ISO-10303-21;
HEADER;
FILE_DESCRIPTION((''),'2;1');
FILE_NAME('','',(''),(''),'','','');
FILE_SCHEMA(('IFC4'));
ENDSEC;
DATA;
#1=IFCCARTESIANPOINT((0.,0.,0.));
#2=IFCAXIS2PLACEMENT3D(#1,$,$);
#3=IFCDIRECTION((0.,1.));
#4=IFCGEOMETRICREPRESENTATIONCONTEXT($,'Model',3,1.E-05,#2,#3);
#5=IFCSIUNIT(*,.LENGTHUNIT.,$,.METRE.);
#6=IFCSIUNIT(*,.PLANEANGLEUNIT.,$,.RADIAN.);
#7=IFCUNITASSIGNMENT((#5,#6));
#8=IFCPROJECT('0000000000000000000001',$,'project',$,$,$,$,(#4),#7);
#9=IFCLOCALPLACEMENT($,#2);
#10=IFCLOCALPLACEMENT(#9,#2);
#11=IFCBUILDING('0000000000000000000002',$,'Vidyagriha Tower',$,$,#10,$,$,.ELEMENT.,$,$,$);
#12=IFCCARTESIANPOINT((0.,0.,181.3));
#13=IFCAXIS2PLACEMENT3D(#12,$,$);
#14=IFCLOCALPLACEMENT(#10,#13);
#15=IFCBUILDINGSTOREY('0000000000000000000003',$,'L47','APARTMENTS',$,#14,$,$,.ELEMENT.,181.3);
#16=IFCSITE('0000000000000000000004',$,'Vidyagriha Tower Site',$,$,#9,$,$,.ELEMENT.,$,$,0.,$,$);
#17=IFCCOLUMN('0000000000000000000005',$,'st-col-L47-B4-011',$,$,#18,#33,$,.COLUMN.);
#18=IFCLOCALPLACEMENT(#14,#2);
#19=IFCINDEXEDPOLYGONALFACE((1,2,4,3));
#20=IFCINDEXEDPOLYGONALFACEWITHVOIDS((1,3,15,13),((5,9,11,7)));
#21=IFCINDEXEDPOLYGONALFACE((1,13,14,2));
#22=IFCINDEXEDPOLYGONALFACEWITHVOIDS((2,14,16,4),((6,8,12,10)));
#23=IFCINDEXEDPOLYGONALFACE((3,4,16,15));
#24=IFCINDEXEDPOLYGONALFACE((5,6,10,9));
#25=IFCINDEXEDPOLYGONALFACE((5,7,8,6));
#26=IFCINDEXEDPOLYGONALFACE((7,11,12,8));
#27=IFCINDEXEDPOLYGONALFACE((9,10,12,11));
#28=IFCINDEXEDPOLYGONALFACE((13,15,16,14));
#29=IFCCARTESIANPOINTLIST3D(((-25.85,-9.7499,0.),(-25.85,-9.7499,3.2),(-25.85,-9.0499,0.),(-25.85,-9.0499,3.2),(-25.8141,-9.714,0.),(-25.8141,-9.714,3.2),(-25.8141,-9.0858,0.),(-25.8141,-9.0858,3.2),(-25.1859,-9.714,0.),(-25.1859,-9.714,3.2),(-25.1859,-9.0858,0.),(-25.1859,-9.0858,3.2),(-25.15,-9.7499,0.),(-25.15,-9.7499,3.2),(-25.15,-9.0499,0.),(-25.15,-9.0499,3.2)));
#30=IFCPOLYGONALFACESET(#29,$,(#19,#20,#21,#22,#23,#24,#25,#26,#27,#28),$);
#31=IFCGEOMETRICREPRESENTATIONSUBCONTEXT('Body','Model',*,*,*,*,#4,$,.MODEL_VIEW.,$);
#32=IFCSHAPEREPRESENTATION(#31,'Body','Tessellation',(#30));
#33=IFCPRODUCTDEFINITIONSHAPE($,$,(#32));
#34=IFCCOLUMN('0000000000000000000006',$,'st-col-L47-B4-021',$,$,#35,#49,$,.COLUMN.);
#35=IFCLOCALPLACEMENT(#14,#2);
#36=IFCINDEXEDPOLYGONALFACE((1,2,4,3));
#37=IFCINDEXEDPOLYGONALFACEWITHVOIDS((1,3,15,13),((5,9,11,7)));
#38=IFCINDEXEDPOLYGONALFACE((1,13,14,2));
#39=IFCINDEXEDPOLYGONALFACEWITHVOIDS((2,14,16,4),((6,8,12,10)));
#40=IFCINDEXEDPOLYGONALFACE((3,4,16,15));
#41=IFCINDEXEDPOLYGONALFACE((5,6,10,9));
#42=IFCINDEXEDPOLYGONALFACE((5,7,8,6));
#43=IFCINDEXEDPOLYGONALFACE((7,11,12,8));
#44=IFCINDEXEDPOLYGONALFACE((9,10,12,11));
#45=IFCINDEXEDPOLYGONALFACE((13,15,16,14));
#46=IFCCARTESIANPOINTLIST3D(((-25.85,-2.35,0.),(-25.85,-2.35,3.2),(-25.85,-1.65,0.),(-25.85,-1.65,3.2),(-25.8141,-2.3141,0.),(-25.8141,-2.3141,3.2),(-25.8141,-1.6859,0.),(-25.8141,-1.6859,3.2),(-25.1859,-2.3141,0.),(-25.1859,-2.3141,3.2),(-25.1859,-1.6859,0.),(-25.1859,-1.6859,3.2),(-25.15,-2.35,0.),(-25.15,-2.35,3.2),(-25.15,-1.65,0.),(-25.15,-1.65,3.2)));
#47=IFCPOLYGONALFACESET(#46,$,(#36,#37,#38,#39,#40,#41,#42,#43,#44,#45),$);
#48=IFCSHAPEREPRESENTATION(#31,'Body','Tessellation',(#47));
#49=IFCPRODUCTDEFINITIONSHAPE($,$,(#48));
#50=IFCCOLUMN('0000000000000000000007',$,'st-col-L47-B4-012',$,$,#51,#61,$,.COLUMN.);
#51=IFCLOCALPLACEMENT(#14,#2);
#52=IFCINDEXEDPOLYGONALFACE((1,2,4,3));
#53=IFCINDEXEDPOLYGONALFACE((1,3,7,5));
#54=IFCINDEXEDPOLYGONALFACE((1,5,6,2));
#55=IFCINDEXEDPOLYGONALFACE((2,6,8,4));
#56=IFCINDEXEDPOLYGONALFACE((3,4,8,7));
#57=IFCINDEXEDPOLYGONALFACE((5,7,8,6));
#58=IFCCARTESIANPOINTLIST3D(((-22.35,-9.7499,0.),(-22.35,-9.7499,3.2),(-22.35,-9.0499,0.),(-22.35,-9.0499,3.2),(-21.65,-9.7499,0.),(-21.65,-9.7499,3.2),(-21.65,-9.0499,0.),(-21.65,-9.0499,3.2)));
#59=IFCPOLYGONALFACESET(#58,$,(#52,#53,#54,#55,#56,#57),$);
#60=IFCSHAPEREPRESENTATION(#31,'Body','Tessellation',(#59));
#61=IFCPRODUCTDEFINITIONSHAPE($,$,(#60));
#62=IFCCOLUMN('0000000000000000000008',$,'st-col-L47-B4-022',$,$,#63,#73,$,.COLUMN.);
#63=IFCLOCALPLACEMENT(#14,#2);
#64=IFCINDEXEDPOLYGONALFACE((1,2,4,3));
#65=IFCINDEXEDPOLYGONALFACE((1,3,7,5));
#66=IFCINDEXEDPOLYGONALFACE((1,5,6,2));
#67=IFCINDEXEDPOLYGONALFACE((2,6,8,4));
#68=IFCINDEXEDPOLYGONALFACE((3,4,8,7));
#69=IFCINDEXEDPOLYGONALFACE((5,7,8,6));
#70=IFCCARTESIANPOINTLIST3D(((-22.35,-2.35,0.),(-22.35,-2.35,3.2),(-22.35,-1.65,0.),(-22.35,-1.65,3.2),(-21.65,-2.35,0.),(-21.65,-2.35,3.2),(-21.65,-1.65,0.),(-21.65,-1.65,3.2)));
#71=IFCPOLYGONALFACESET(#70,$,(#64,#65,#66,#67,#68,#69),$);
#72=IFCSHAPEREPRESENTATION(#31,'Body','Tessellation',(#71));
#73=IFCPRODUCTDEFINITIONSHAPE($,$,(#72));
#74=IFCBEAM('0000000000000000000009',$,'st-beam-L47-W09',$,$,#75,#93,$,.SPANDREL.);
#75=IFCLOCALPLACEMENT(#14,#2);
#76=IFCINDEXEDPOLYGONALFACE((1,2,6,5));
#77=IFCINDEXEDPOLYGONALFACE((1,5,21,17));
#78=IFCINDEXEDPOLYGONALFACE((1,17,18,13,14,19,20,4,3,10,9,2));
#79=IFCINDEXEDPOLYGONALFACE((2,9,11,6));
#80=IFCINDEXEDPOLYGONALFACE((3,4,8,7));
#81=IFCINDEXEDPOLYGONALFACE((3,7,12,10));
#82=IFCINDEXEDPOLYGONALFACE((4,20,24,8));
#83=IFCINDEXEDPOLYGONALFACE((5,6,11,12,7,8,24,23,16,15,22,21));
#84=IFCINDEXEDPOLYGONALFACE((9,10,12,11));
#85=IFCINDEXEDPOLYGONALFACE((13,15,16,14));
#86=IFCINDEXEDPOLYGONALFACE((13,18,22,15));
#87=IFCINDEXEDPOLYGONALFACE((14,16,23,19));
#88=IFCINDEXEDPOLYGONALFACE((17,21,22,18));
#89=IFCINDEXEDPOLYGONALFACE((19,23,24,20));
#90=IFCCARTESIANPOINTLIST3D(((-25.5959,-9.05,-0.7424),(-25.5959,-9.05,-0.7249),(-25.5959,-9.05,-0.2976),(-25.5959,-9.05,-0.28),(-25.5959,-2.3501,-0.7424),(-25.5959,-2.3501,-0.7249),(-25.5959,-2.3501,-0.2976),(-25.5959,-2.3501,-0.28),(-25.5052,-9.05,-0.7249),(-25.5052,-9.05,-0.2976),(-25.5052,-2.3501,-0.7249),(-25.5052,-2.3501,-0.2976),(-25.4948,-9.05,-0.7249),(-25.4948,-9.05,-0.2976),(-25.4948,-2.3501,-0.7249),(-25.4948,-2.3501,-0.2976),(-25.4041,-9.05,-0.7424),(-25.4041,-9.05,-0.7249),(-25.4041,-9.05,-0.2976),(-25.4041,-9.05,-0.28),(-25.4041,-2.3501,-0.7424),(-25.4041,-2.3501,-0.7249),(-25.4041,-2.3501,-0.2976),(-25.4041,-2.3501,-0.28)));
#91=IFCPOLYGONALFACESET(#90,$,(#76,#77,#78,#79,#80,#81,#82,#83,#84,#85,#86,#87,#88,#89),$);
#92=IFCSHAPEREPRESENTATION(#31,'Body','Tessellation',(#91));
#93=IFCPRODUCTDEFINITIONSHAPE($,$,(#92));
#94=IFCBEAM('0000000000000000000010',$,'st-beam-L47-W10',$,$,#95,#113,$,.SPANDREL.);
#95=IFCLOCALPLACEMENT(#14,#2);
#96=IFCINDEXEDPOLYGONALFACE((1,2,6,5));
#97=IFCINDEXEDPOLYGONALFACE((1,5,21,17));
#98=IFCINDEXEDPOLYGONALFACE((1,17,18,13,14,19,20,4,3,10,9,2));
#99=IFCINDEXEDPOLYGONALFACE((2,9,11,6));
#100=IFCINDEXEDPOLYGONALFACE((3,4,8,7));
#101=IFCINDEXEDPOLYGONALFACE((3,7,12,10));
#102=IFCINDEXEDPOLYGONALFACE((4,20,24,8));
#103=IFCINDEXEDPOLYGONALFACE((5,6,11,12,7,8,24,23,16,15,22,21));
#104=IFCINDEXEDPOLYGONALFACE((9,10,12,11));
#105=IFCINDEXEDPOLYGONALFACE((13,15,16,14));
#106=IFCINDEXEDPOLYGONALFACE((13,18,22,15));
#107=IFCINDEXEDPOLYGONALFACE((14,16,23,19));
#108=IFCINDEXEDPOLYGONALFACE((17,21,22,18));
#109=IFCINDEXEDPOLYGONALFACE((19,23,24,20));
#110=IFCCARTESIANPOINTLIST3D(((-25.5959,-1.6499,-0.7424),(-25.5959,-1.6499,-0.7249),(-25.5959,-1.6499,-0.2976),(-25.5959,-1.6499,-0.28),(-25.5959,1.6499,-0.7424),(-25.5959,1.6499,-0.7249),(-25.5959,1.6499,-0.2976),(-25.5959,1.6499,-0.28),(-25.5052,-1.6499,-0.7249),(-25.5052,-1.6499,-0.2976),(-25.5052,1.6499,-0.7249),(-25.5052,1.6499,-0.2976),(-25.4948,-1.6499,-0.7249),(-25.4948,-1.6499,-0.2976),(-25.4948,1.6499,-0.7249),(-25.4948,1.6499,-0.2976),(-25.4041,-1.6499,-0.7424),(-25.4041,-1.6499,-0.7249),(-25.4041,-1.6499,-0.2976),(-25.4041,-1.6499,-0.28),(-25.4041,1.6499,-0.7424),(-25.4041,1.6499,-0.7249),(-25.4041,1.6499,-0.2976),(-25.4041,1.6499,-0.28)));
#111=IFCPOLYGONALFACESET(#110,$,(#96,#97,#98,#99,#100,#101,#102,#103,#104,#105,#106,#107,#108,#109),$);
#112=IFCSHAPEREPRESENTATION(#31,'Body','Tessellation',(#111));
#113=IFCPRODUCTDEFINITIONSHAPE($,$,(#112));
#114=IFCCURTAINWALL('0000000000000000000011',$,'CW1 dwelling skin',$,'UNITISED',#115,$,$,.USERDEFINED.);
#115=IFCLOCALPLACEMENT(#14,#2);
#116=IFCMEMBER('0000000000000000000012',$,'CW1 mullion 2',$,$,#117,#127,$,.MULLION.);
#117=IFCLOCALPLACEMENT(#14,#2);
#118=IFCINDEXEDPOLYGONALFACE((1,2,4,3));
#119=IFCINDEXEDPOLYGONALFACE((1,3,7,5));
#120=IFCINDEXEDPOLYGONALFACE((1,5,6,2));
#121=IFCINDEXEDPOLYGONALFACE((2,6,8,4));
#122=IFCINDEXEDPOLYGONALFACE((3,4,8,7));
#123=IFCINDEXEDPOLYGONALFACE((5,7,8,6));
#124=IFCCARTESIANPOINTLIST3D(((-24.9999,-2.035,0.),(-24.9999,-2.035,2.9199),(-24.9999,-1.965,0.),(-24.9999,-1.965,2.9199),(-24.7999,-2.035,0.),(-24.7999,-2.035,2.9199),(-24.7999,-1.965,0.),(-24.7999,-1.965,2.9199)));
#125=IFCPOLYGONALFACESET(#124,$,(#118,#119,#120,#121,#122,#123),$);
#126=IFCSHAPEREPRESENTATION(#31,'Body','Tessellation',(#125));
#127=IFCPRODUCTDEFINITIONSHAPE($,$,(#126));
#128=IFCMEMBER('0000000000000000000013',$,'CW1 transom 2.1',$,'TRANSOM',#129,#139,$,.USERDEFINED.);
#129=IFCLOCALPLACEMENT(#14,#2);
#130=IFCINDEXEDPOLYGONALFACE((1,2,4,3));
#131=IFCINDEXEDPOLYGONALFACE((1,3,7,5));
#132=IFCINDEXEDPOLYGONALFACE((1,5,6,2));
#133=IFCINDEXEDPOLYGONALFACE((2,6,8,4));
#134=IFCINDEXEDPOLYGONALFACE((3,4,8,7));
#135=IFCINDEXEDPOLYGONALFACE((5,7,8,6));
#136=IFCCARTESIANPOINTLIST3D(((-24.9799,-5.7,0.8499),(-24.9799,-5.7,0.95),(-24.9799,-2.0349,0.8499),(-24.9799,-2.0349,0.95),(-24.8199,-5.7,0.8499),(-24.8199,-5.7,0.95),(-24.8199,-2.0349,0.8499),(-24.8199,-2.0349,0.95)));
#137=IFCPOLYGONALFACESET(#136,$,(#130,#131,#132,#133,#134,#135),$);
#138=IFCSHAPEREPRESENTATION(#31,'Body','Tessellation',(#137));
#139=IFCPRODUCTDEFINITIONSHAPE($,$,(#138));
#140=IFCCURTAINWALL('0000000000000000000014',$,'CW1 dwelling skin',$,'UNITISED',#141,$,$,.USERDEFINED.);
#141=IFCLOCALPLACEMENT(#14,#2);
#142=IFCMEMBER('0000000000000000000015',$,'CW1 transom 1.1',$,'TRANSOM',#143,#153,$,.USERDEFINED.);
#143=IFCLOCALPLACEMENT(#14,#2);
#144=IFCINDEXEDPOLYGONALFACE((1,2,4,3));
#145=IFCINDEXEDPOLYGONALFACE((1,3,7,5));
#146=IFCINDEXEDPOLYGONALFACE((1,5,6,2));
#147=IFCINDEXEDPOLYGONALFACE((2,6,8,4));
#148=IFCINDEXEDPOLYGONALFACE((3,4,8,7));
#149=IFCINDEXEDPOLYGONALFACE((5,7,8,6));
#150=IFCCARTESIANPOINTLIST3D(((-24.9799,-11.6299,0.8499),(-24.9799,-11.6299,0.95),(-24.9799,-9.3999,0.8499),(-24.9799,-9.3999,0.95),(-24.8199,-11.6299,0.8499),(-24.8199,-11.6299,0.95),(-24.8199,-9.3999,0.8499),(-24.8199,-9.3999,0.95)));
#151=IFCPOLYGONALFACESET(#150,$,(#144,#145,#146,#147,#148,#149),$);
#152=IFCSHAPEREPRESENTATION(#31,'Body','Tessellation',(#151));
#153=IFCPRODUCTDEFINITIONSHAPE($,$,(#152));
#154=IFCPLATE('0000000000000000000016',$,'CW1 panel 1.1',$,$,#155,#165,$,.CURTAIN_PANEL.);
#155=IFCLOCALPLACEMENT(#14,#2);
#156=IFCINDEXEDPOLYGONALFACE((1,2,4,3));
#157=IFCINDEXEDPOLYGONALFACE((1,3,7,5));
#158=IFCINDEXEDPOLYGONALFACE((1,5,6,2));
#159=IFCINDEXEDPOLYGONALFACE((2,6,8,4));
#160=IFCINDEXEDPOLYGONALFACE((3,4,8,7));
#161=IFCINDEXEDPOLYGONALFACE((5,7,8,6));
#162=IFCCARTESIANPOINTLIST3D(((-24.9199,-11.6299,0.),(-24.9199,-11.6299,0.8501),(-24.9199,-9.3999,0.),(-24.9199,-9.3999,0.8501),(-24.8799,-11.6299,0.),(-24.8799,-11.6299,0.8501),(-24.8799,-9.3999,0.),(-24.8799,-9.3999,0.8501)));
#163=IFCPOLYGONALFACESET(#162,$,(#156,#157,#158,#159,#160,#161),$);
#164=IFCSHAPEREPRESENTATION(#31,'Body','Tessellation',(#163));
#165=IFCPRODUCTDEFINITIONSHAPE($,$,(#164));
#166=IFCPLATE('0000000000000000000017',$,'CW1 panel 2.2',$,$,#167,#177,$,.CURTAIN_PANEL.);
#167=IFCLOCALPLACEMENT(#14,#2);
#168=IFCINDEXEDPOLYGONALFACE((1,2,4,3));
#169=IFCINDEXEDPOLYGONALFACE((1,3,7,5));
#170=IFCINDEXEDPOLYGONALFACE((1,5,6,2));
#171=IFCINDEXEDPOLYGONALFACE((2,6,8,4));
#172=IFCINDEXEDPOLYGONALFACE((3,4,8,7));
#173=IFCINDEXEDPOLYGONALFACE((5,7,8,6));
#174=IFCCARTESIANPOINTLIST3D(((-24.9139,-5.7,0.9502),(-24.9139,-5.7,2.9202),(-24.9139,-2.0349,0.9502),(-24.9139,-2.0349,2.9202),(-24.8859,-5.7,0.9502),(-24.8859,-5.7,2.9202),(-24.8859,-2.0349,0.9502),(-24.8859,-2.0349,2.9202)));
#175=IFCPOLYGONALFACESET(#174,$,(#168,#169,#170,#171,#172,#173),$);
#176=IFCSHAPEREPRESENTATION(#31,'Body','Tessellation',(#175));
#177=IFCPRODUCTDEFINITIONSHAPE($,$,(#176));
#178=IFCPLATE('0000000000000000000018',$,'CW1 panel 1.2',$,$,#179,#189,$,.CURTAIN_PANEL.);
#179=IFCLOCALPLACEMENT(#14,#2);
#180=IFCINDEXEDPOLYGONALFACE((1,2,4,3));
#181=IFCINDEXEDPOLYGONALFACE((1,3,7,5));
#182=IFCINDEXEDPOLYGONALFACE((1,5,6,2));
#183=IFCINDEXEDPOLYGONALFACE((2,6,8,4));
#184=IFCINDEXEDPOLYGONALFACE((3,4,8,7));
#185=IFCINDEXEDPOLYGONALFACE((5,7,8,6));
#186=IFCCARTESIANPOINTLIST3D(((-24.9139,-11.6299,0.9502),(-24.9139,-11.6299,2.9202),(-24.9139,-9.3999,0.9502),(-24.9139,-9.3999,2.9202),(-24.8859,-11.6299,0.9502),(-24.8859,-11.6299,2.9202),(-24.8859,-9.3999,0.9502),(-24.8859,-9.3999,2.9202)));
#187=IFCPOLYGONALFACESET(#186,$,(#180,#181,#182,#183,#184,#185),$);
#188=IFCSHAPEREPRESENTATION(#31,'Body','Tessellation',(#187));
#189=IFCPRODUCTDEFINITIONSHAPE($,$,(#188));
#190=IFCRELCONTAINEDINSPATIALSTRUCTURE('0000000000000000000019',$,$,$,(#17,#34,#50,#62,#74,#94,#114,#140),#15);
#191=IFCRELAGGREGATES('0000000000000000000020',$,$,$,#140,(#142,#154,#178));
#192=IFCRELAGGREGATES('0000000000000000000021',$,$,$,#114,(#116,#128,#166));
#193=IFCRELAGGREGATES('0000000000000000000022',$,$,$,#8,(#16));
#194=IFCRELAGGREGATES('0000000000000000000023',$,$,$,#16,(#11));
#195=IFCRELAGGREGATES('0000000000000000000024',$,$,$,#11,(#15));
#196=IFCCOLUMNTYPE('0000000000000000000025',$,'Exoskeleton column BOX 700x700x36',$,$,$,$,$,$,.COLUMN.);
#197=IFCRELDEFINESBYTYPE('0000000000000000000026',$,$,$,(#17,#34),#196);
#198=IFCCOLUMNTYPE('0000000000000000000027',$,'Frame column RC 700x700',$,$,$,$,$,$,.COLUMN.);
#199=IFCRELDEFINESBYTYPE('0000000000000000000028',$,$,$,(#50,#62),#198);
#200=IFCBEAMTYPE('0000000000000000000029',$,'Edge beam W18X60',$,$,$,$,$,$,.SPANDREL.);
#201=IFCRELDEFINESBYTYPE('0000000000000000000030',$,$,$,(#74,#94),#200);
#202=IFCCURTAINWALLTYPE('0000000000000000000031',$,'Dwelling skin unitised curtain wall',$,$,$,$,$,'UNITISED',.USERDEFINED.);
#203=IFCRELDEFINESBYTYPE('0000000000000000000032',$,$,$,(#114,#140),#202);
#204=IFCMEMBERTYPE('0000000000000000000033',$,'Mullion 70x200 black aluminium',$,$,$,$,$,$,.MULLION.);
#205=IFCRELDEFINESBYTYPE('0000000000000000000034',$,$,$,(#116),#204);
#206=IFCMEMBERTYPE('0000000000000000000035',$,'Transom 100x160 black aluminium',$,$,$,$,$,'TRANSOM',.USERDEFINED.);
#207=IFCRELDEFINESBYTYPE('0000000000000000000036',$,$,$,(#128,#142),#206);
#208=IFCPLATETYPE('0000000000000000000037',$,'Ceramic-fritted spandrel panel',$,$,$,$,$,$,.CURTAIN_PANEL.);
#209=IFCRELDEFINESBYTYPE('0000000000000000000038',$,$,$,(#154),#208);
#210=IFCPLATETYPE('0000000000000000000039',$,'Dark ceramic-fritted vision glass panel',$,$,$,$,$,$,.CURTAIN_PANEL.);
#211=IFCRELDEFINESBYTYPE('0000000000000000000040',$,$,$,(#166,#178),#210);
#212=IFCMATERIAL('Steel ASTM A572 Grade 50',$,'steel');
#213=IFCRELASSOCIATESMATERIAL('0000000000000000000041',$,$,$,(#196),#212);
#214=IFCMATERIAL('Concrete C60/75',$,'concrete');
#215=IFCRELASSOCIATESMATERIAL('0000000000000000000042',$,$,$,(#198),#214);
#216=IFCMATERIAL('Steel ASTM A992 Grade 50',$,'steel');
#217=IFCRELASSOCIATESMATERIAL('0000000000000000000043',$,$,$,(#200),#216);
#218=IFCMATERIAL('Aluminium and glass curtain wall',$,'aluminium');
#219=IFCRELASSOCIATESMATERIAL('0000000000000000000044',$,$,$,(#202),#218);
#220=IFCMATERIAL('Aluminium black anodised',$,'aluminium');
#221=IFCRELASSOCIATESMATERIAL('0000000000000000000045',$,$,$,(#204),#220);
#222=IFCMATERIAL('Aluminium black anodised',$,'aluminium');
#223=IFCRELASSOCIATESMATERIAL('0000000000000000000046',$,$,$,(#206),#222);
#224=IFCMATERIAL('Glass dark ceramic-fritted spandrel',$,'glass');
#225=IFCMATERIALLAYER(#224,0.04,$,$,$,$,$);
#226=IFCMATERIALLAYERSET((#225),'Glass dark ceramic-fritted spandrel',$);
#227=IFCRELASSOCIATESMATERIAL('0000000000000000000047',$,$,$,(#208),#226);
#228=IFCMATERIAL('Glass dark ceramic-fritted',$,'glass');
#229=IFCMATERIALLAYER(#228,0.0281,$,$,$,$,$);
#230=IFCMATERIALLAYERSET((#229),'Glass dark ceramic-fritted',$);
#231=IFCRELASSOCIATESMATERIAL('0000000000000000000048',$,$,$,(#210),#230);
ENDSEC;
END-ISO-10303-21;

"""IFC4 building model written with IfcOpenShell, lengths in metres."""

from ifc_helpers import new_model, si_unit, direction, frame, origin, origin_2d, place, context, subcontext, project, spatial, rectangle, hollow_rectangle, i_section, extrude, material, layer, layer_set, material_profile, profile_set, type_object, element, aggregate, save


model = new_model("IFC4")

# Units and contexts
model_context = context("Model", 3, precision=1e-05, world=origin(), true_north=direction((0.0, 1.0)))
body_context = subcontext(model_context, "Body", "Model", "MODEL_VIEW")
ifc_project = project(units=[si_unit("LENGTHUNIT", "METRE"), si_unit("PLANEANGLEUNIT", "RADIAN")], contexts=[model_context])

# Site, building, storey
site_placement = place(None, origin())
site = spatial("IfcSite", under=ifc_project, at=site_placement, Name="Vidyagriha Tower Site", CompositionType="ELEMENT", RefElevation=0.0)
building_placement = place(site_placement, origin())
building = spatial("IfcBuilding", under=site, at=building_placement, Name="Vidyagriha Tower", CompositionType="ELEMENT")
storey_placement = place(building_placement, frame((0.0, 0.0, 181.3)))
storey = spatial("IfcBuildingStorey", under=building, at=storey_placement, Name="L47", Description="APARTMENTS", CompositionType="ELEMENT", Elevation=181.3)

# Columns
ifc_material_1 = material(Name="Steel ASTM A572 Grade 50", Category="steel")
ifc_material_profile_1 = material_profile(ifc_material_1, hollow_rectangle(XDim=0.7, YDim=0.7, WallThickness=0.0359, at=origin_2d()), Name="BOX 700x700x36")
ifc_profile_set_1 = profile_set([ifc_material_profile_1], Name="Steel ASTM A572 Grade 50")
column_type_1 = type_object("IfcColumnType", Name="Exoskeleton column BOX 700x700x36", PredefinedType="COLUMN", material=ifc_profile_set_1)
for number, where, name in (
    (1, (-25.5, -9.3999, 0.0), "st-col-L47-B4-011"),
    (2, (-25.5, -2.0, 0.0), "st-col-L47-B4-021"),
):
    element("IfcColumn", number, at=place(storey_placement, frame(where)), inside=storey, type_object=column_type_1, Name=name, PredefinedType="COLUMN", context=body_context, shape_type="SweptSolid", body=[
        extrude(hollow_rectangle(XDim=0.7, YDim=0.7, WallThickness=0.0359, at=origin_2d()), origin(), (0.0, 0.0, 1.0), 3.2),
    ])
ifc_material_2 = material(Name="Concrete C60/75", Category="concrete")
ifc_material_profile_2 = material_profile(ifc_material_2, rectangle(XDim=0.7, YDim=0.7, at=origin_2d()), Name="RC 700x700")
ifc_profile_set_2 = profile_set([ifc_material_profile_2], Name="Concrete C60/75")
column_type_2 = type_object("IfcColumnType", Name="Frame column RC 700x700", PredefinedType="COLUMN", material=ifc_profile_set_2)
for number, where, name in (
    (3, (-22.0, -9.3999, 0.0), "st-col-L47-B4-012"),
    (4, (-22.0, -2.0, 0.0), "st-col-L47-B4-022"),
):
    element("IfcColumn", number, at=place(storey_placement, frame(where)), inside=storey, type_object=column_type_2, Name=name, PredefinedType="COLUMN", context=body_context, shape_type="SweptSolid", body=[
        extrude(rectangle(XDim=0.7, YDim=0.7, at=origin_2d()), origin(), (0.0, 0.0, 1.0), 3.2),
    ])

# Beams
ifc_material_3 = material(Name="Steel ASTM A992 Grade 50", Category="steel")
ifc_material_profile_3 = material_profile(ifc_material_3, i_section(OverallWidth=0.1919, OverallDepth=0.4624, WebThickness=0.0105, FlangeThickness=0.0176, at=origin_2d()), Name="W18X60")
ifc_profile_set_3 = profile_set([ifc_material_profile_3], Name="Steel ASTM A992 Grade 50")
beam_type = type_object("IfcBeamType", Name="Edge beam W18X60", PredefinedType="SPANDREL", material=ifc_profile_set_3)
beam_1_placement = place(storey_placement, frame((-25.5, -9.05, -0.5112), z_axis=(0.0, 1.0, 0.0), x_axis=(-1.0, 0.0, 0.0)))
element("IfcBeam", 5, at=beam_1_placement, inside=storey, type_object=beam_type, Name="st-beam-L47-W09", PredefinedType="SPANDREL", context=body_context, shape_type="SweptSolid", body=[
    extrude(i_section(OverallWidth=0.1919, OverallDepth=0.4624, WebThickness=0.0105, FlangeThickness=0.0176, at=origin_2d()), origin(), (0.0, 0.0, 1.0), 6.7),
])
beam_2_placement = place(storey_placement, frame((-25.5, -1.6499, -0.5112), z_axis=(0.0, 1.0, 0.0), x_axis=(-1.0, 0.0, 0.0)))
element("IfcBeam", 6, at=beam_2_placement, inside=storey, type_object=beam_type, Name="st-beam-L47-W10", PredefinedType="SPANDREL", context=body_context, shape_type="SweptSolid", body=[
    extrude(i_section(OverallWidth=0.1919, OverallDepth=0.4624, WebThickness=0.0105, FlangeThickness=0.0176, at=origin_2d()), origin(), (0.0, 0.0, 1.0), 3.2998),
])

# Curtain wall, members
ifc_material_4 = material(Name="Aluminium and glass curtain wall", Category="aluminium")
curtain_wall_type = type_object("IfcCurtainWallType", Name="Dwelling skin unitised curtain wall", ElementType="UNITISED", PredefinedType="USERDEFINED", material=ifc_material_4)
curtain_wall_1_placement = place(storey_placement, origin())
curtain_wall_1 = element("IfcCurtainWall", 7, at=curtain_wall_1_placement, inside=storey, type_object=curtain_wall_type, Name="CW1 dwelling skin", ObjectType="UNITISED", PredefinedType="USERDEFINED")
ifc_material_5 = material(Name="Aluminium black anodised", Category="aluminium")
ifc_material_profile_4 = material_profile(ifc_material_5, rectangle(XDim=0.2, YDim=0.0701, at=origin_2d()), Name="Mullion 70x200 black aluminium")
ifc_profile_set_4 = profile_set([ifc_material_profile_4], Name="Aluminium black anodised")
member_type_1 = type_object("IfcMemberType", Name="Mullion 70x200 black aluminium", PredefinedType="MULLION", material=ifc_profile_set_4)
member_1_placement = place(storey_placement, frame((-24.8999, -2.0, 0.0)))
member_1 = element("IfcMember", 8, at=member_1_placement, type_object=member_type_1, Name="CW1 mullion 2", PredefinedType="MULLION", context=body_context, shape_type="SweptSolid", body=[
    extrude(rectangle(XDim=0.2, YDim=0.0701, at=origin_2d()), origin(), (0.0, 0.0, 1.0), 2.9199),
])
ifc_material_6 = material(Name="Aluminium black anodised", Category="aluminium")
ifc_material_profile_5 = material_profile(ifc_material_6, rectangle(XDim=0.1599, YDim=0.1001, at=origin_2d()), Name="Transom 100x160 black aluminium")
ifc_profile_set_5 = profile_set([ifc_material_profile_5], Name="Aluminium black anodised")
member_type_2 = type_object("IfcMemberType", Name="Transom 100x160 black aluminium", ElementType="TRANSOM", PredefinedType="USERDEFINED", material=ifc_profile_set_5)
member_2_placement = place(storey_placement, frame((-24.8999, -2.0349, 0.8999), z_axis=(0.0, -1.0, 0.0), x_axis=(1.0, 0.0, 0.0)))
member_2 = element("IfcMember", 9, at=member_2_placement, type_object=member_type_2, Name="CW1 transom 2.1", ObjectType="TRANSOM", PredefinedType="USERDEFINED", context=body_context, shape_type="SweptSolid", body=[
    extrude(rectangle(XDim=0.1599, YDim=0.1001, at=origin_2d()), origin(), (0.0, 0.0, 1.0), 3.665),
])

# Curtain wall, member, plate
curtain_wall_2_placement = place(storey_placement, origin())
curtain_wall_2 = element("IfcCurtainWall", 10, at=curtain_wall_2_placement, inside=storey, type_object=curtain_wall_type, Name="CW1 dwelling skin", ObjectType="UNITISED", PredefinedType="USERDEFINED")
member_3_placement = place(storey_placement, frame((-24.8999, -9.3999, 0.8999), z_axis=(0.0, -1.0, 0.0), x_axis=(1.0, 0.0, 0.0)))
member_3 = element("IfcMember", 11, at=member_3_placement, type_object=member_type_2, Name="CW1 transom 1.1", ObjectType="TRANSOM", PredefinedType="USERDEFINED", context=body_context, shape_type="SweptSolid", body=[
    extrude(rectangle(XDim=0.1599, YDim=0.1001, at=origin_2d()), origin(), (0.0, 0.0, 1.0), 2.23),
])
ifc_material_7 = material(Name="Glass dark ceramic-fritted spandrel", Category="glass")
ifc_layer_1 = layer(ifc_material_7, 0.04)
ifc_layer_set_1 = layer_set([ifc_layer_1], Name="Glass dark ceramic-fritted spandrel")
plate_type_1 = type_object("IfcPlateType", Name="Ceramic-fritted spandrel panel", PredefinedType="CURTAIN_PANEL", material=ifc_layer_set_1)
plate_1_placement = place(storey_placement, frame((-24.8999, -10.5149, 0.0), z_axis=(0.0, 0.0, 1.0), x_axis=(0.0, -1.0, 0.0)))
plate_1 = element("IfcPlate", 12, at=plate_1_placement, type_object=plate_type_1, Name="CW1 panel 1.1", PredefinedType="CURTAIN_PANEL", context=body_context, shape_type="SweptSolid", body=[
    extrude(rectangle(XDim=2.23, YDim=0.04, at=origin_2d()), origin(), (0.0, 0.0, 1.0), 0.8501),
])

# Plates
ifc_material_8 = material(Name="Glass dark ceramic-fritted", Category="glass")
ifc_layer_2 = layer(ifc_material_8, 0.0281)
ifc_layer_set_2 = layer_set([ifc_layer_2], Name="Glass dark ceramic-fritted")
plate_type_2 = type_object("IfcPlateType", Name="Dark ceramic-fritted vision glass panel", PredefinedType="CURTAIN_PANEL", material=ifc_layer_set_2)
plate_2_placement = place(storey_placement, frame((-24.8999, -3.8674, 0.9502), z_axis=(0.0, 0.0, 1.0), x_axis=(0.0, -1.0, 0.0)))
plate_2 = element("IfcPlate", 13, at=plate_2_placement, type_object=plate_type_2, Name="CW1 panel 2.2", PredefinedType="CURTAIN_PANEL", context=body_context, shape_type="SweptSolid", body=[
    extrude(rectangle(XDim=3.665, YDim=0.0281, at=origin_2d()), origin(), (0.0, 0.0, 1.0), 1.97),
])
plate_3_placement = place(storey_placement, frame((-24.8999, -10.5149, 0.9502), z_axis=(0.0, 0.0, 1.0), x_axis=(0.0, -1.0, 0.0)))
plate_3 = element("IfcPlate", 14, at=plate_3_placement, type_object=plate_type_2, Name="CW1 panel 1.2", PredefinedType="CURTAIN_PANEL", context=body_context, shape_type="SweptSolid", body=[
    extrude(rectangle(XDim=2.23, YDim=0.0281, at=origin_2d()), origin(), (0.0, 0.0, 1.0), 1.97),
])
aggregate(curtain_wall_2, [member_3, plate_1, plate_3])
aggregate(curtain_wall_1, [member_1, member_2, plate_2])

save(model, "model.ifc")
